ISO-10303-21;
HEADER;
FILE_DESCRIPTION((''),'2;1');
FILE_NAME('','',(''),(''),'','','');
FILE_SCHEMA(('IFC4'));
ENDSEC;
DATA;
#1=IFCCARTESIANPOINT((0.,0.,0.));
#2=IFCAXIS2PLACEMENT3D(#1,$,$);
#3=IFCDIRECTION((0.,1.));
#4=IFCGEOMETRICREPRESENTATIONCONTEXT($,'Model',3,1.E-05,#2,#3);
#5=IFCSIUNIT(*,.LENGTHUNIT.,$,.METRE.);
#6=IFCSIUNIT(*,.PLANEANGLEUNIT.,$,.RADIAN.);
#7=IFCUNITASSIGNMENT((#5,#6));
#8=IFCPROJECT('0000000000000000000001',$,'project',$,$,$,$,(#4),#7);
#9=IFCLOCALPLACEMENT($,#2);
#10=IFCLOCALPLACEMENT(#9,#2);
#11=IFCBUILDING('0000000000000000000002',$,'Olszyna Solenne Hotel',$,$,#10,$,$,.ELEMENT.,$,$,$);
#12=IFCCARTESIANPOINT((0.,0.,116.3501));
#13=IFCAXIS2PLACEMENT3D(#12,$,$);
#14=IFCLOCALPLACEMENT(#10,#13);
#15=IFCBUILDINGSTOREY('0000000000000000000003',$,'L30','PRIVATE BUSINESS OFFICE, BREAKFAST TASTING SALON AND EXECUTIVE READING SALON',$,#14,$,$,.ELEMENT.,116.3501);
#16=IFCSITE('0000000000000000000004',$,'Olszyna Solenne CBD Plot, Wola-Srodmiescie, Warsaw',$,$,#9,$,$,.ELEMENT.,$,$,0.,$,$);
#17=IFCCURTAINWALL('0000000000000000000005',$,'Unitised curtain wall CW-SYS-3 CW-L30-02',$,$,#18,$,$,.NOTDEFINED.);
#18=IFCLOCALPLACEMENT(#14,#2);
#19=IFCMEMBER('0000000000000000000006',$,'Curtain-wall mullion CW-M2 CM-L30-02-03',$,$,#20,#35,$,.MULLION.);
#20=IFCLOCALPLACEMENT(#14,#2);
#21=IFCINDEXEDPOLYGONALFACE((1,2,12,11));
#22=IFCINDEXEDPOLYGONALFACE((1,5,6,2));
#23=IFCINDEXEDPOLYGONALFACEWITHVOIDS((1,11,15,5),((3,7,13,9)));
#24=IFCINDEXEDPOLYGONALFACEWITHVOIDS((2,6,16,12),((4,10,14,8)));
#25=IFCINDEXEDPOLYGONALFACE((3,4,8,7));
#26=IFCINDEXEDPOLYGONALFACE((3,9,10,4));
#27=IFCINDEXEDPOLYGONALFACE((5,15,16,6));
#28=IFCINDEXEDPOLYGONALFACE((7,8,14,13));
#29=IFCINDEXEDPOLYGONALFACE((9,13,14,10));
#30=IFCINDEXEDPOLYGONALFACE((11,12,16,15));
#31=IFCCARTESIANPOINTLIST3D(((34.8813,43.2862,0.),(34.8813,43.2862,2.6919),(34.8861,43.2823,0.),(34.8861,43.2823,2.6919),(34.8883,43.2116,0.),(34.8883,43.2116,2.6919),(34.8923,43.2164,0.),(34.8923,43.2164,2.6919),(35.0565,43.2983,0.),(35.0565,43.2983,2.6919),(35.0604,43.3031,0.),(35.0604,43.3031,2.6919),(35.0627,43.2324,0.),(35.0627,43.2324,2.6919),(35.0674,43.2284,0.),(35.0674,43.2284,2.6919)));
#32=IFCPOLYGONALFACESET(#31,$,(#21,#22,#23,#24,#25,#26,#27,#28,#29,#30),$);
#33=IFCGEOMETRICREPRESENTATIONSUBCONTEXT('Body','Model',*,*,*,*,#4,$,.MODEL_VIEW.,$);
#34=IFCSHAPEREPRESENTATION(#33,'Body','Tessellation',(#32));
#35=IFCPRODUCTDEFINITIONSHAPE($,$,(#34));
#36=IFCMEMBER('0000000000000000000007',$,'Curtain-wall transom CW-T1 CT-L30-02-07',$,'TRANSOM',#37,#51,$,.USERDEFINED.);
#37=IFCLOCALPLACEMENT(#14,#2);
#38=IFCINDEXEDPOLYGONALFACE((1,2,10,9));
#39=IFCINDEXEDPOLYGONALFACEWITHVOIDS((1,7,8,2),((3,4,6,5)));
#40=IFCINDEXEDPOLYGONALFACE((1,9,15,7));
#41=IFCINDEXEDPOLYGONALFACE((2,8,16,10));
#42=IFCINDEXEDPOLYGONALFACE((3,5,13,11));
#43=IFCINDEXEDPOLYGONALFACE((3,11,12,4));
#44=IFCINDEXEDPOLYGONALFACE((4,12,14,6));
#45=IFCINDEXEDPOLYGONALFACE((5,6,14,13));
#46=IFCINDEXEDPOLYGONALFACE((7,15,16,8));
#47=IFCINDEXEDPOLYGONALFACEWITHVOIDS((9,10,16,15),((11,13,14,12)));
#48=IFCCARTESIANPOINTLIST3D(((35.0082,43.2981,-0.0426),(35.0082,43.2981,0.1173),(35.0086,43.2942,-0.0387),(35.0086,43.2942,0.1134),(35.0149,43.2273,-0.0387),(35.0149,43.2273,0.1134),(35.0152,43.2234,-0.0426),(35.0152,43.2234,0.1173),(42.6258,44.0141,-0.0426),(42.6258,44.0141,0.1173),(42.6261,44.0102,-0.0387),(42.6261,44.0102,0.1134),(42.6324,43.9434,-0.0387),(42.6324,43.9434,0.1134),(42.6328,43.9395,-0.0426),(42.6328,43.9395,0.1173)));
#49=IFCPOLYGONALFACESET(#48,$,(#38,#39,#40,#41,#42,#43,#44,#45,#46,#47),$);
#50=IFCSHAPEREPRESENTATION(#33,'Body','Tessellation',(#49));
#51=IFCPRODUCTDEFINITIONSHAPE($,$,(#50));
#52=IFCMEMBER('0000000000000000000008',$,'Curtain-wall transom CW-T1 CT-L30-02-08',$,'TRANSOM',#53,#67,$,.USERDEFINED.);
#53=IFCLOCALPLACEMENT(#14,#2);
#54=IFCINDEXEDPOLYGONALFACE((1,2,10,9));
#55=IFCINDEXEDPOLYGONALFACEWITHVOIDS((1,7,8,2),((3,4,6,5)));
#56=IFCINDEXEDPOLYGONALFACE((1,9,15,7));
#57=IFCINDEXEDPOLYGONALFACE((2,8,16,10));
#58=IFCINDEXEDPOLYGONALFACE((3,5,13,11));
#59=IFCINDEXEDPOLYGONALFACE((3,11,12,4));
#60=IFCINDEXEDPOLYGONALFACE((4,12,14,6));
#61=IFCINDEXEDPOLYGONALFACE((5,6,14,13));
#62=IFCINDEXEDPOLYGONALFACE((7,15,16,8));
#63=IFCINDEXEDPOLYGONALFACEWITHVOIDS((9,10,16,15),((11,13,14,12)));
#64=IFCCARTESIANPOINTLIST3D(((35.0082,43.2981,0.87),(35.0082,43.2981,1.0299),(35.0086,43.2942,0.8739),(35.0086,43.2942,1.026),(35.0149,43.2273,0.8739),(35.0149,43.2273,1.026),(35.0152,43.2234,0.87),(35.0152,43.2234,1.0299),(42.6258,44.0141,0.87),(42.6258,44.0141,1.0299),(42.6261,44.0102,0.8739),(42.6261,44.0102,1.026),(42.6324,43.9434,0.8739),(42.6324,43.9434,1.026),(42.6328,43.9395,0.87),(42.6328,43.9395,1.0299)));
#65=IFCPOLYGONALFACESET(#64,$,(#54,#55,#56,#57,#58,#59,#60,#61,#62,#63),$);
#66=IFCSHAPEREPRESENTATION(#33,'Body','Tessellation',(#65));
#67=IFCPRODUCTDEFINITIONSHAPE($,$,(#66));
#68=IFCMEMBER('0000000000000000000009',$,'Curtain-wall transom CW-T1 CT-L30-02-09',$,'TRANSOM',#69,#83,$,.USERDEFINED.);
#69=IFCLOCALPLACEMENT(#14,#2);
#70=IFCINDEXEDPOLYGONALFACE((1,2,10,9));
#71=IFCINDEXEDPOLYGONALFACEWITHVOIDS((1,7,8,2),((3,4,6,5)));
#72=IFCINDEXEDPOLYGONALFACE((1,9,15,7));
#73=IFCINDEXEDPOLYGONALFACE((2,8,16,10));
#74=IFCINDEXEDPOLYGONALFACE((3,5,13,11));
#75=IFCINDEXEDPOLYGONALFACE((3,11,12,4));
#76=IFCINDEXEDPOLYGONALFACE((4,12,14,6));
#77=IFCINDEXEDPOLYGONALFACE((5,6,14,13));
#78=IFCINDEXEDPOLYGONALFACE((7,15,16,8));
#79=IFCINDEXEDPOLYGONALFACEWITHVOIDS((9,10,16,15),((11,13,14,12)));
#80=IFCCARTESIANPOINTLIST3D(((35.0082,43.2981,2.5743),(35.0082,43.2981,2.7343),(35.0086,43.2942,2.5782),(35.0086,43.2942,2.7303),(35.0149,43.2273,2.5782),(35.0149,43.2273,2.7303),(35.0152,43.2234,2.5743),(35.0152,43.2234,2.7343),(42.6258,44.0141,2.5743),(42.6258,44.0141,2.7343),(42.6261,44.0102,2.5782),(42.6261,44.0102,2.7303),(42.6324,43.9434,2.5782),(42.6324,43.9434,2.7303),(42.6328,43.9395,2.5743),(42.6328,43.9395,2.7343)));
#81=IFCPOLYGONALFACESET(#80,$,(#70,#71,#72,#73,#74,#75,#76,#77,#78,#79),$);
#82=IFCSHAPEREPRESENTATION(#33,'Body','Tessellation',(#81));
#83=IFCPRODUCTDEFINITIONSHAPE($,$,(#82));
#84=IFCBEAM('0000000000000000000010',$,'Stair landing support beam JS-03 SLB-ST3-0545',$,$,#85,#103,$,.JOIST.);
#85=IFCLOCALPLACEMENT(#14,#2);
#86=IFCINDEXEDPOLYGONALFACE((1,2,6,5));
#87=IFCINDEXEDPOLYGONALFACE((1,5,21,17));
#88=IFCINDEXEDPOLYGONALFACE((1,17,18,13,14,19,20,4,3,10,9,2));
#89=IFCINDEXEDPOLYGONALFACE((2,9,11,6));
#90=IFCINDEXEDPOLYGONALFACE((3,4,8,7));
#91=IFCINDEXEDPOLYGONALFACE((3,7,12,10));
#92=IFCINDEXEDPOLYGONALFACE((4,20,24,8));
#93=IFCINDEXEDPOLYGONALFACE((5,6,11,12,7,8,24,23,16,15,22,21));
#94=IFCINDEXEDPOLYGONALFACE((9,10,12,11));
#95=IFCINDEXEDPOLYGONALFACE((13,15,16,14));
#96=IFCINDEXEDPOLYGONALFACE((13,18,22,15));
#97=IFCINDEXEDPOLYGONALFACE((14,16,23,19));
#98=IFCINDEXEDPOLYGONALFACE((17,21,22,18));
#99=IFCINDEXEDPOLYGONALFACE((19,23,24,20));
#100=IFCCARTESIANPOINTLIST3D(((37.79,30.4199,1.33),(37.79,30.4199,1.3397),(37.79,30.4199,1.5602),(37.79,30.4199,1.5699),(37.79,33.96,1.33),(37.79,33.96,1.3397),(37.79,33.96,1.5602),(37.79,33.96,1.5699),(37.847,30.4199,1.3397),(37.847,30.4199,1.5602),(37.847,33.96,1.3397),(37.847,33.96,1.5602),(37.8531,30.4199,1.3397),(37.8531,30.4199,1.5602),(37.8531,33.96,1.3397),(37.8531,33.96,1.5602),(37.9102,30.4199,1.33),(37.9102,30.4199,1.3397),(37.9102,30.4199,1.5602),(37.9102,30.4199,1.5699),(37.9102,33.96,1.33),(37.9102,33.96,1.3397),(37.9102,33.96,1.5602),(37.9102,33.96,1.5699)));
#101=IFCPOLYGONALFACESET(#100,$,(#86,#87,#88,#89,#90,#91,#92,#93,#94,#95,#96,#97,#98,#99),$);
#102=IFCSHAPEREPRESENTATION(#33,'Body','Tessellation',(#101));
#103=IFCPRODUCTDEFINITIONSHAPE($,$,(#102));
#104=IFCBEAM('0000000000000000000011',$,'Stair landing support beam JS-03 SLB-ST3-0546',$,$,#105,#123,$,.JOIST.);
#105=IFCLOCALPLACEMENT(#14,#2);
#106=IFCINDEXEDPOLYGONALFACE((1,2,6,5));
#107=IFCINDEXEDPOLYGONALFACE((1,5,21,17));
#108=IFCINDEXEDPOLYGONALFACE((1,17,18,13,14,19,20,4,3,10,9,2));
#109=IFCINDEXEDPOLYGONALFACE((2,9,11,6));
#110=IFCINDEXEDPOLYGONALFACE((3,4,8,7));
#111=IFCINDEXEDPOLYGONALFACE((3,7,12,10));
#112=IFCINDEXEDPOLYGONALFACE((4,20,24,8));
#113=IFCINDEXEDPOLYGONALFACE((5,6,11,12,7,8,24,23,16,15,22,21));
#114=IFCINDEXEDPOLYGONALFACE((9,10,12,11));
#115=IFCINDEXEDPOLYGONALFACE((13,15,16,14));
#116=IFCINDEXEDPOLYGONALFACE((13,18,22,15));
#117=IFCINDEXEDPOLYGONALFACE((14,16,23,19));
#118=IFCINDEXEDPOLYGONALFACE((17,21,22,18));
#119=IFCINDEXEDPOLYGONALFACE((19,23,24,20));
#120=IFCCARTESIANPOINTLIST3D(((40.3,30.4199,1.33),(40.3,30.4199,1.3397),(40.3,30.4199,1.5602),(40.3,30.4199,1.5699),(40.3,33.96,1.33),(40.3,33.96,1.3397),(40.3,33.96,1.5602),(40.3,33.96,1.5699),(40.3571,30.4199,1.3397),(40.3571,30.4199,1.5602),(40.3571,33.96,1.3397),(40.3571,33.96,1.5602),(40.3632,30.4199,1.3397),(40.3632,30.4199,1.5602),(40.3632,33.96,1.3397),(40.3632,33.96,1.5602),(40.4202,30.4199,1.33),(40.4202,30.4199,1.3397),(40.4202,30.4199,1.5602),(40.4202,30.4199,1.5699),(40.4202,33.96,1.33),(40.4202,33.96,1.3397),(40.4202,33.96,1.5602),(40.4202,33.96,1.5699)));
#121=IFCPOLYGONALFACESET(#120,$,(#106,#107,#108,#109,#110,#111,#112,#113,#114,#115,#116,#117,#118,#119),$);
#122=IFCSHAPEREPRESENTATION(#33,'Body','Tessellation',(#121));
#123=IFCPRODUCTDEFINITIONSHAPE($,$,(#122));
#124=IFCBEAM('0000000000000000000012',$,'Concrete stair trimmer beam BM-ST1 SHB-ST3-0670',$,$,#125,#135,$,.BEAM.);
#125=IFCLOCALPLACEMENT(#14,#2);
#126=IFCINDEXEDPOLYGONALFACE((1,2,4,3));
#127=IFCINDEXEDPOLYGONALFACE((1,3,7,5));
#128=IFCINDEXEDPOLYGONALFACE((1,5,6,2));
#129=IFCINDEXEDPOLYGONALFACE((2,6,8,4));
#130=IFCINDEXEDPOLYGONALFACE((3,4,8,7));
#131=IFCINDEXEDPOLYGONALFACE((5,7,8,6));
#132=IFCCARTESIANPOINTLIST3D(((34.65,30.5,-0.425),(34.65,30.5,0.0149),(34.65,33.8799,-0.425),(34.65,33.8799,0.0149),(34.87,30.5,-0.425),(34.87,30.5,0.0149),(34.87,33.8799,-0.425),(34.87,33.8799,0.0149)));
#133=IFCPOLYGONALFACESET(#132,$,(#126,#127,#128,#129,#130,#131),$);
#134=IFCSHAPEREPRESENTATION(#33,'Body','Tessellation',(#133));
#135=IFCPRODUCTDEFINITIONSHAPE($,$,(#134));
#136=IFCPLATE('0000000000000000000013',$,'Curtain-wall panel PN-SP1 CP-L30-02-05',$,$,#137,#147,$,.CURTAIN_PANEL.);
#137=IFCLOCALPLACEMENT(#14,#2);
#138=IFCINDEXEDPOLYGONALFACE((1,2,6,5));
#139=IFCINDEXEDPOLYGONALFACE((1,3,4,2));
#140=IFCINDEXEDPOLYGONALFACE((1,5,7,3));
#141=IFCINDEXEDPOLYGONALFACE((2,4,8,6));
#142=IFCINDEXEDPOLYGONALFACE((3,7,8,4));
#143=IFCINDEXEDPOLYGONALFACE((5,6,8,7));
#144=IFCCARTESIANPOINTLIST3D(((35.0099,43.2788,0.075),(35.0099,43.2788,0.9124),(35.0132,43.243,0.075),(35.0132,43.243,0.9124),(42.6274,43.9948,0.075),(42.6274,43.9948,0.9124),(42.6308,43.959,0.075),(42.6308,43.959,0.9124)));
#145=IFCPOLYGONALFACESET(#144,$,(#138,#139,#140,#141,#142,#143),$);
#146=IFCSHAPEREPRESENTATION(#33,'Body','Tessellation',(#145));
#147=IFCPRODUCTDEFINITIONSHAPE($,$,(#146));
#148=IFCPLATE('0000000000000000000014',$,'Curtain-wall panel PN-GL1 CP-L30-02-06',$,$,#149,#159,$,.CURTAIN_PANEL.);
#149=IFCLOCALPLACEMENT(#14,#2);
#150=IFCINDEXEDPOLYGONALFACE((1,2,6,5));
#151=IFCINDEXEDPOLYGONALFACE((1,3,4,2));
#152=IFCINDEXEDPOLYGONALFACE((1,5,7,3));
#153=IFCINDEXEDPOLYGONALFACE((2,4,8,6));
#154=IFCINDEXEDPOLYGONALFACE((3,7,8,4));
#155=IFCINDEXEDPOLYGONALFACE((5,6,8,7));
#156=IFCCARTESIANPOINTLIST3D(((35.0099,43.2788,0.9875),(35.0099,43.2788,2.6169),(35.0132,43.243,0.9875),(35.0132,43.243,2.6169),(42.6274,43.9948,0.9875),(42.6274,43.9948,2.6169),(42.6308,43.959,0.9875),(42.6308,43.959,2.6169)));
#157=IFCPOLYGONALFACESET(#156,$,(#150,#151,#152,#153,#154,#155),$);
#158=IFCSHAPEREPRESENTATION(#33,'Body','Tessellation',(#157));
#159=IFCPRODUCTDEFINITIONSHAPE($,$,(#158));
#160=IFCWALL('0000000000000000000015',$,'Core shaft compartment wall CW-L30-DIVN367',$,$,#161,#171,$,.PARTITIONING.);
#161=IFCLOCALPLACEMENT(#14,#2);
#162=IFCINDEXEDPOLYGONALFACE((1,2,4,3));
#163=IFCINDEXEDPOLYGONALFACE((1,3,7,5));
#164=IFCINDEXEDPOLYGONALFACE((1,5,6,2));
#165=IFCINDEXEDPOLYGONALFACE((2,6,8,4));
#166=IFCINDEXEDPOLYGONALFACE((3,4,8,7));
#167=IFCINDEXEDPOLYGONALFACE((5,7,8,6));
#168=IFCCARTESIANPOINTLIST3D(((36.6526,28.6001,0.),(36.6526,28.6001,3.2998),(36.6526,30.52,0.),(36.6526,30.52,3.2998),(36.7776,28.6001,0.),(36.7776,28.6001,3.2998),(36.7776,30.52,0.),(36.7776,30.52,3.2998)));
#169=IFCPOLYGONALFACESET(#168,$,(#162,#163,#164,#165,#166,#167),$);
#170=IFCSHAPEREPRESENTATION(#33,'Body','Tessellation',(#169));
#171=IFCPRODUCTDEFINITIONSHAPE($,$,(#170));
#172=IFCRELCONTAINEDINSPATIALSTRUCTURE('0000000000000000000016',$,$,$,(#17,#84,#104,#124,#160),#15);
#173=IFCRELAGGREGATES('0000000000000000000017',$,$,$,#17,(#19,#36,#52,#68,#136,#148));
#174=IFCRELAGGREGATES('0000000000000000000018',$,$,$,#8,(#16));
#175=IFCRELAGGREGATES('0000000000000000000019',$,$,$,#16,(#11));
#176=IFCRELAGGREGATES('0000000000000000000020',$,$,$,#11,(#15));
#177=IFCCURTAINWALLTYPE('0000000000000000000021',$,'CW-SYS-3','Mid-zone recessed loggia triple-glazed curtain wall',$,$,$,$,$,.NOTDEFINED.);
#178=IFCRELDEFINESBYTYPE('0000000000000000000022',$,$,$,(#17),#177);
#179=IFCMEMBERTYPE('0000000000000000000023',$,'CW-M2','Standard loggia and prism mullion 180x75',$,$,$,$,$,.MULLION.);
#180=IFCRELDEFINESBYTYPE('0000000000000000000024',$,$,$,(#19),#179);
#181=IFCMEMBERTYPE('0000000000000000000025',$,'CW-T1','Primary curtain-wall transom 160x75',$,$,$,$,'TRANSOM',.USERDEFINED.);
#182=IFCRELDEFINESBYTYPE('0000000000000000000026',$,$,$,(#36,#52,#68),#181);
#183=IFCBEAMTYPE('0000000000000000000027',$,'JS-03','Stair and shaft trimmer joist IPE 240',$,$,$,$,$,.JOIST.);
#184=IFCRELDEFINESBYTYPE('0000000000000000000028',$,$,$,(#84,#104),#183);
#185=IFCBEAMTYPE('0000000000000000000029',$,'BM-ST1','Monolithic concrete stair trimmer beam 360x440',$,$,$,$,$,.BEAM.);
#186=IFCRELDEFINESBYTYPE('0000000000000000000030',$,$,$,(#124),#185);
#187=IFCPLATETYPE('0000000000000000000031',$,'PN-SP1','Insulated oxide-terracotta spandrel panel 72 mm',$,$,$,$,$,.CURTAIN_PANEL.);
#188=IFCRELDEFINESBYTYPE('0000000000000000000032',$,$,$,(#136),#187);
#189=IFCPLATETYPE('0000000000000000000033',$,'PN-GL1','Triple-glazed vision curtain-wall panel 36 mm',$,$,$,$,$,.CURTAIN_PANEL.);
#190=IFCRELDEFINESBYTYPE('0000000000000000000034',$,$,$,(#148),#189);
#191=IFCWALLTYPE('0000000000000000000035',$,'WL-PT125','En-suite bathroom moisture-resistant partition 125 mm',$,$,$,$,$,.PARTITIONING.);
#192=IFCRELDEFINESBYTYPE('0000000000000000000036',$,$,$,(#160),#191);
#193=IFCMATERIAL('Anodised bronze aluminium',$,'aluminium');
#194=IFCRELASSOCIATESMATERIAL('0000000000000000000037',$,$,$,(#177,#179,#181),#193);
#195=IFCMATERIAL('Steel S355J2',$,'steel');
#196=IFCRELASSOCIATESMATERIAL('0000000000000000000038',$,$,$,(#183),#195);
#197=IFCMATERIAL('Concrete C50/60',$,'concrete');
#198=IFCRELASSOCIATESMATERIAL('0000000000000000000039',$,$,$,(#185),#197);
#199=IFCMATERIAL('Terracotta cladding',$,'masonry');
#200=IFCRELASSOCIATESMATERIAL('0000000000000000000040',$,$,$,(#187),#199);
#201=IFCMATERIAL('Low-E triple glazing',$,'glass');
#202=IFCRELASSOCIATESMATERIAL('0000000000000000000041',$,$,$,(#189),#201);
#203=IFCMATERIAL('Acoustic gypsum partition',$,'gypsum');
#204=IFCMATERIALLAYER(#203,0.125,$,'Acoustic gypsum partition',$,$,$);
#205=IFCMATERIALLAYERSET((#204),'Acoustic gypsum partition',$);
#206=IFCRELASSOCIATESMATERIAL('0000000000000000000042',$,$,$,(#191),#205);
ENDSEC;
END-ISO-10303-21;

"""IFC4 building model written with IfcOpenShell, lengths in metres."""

from ifc_helpers import new_model, si_unit, direction, frame, frame_2d, origin, origin_2d, place, context, subcontext, project, spatial, rectangle, hollow_rectangle, i_section, extrude, source, transform, mapped, material, layer, layer_set, material_profile, profile_set, type_object, element, aggregate, save


model = new_model("IFC4")

# Units and contexts
model_context = context("Model", 3, precision=1e-05, world=origin(), true_north=direction((0.0, 1.0)))
body_context = subcontext(model_context, "Body", "Model", "MODEL_VIEW")
ifc_project = project(units=[si_unit("LENGTHUNIT", "METRE"), si_unit("PLANEANGLEUNIT", "RADIAN")], contexts=[model_context])

# Site, building, storey
site_placement = place(None, origin())
site = spatial("IfcSite", under=ifc_project, at=site_placement, Name="Olszyna Solenne CBD Plot, Wola-Srodmiescie, Warsaw", CompositionType="ELEMENT", RefElevation=0.0)
building_placement = place(site_placement, origin())
building = spatial("IfcBuilding", under=site, at=building_placement, Name="Olszyna Solenne Hotel", CompositionType="ELEMENT")
storey_placement = place(building_placement, frame((0.0, 0.0, 116.3501)))
storey = spatial("IfcBuildingStorey", under=building, at=storey_placement, Name="L30", Description="PRIVATE BUSINESS OFFICE, BREAKFAST TASTING SALON AND EXECUTIVE READING SALON", CompositionType="ELEMENT", Elevation=116.3501)

# Curtain wall, members
ifc_material_1 = material(Name="Anodised bronze aluminium", Category="aluminium")
curtain_wall_type = type_object("IfcCurtainWallType", Name="CW-SYS-3", Description="Mid-zone recessed loggia triple-glazed curtain wall", PredefinedType="NOTDEFINED", material=ifc_material_1)
curtain_wall_placement = place(storey_placement, origin())
curtain_wall = element("IfcCurtainWall", 1, at=curtain_wall_placement, inside=storey, type_object=curtain_wall_type, Name="Unitised curtain wall CW-SYS-3 CW-L30-02", PredefinedType="NOTDEFINED")
ifc_material_profile_1 = material_profile(ifc_material_1, hollow_rectangle(XDim=0.075, YDim=0.1799, WallThickness=0.0044, at=origin_2d()), Name="MULL 180x75x4.5", Category="load-bearing")
ifc_profile_set_1 = profile_set([ifc_material_profile_1], Name="Anodised bronze aluminium")
member_type_1 = type_object("IfcMemberType", Name="CW-M2", Description="Standard loggia and prism mullion 180x75", PredefinedType="MULLION", material=ifc_profile_set_1)
shared_shape_1 = source(origin(), body_context, "Body", "SweptSolid", [
    extrude(hollow_rectangle(XDim=0.075, YDim=0.1799, WallThickness=0.0044, at=origin_2d()), origin(), (0.0, 0.0, 1.0), 2.6919),
])
member_1_placement = place(storey_placement, frame((34.9744, 43.2573, 0.0), z_axis=(0.0, 0.0, 1.0), x_axis=(-0.093582, 0.995612, 0.0)))
member_1 = element("IfcMember", 2, at=member_1_placement, type_object=member_type_1, Name="Curtain-wall mullion CW-M2 CM-L30-02-03", PredefinedType="MULLION", context=body_context, shape_type="MappedRepresentation", body=[
    mapped(shared_shape_1, transform((0.0, 0.0, 0.0), x_axis=(1.0, 0.0, 0.0), y_axis=(0.0, 1.0, 0.0), z_axis=(0.0, 0.0, 1.0), scale=1.0)),
])
ifc_material_profile_2 = material_profile(ifc_material_1, hollow_rectangle(XDim=0.075, YDim=0.1599, WallThickness=0.0039, at=origin_2d()), Name="TRAN 160x75x4", Category="load-bearing")
ifc_profile_set_2 = profile_set([ifc_material_profile_2], Name="Anodised bronze aluminium")
member_type_2 = type_object("IfcMemberType", Name="CW-T1", Description="Primary curtain-wall transom 160x75", ElementType="TRANSOM", PredefinedType="USERDEFINED", material=ifc_profile_set_2)
shared_shape_2 = source(origin(), body_context, "Body", "SweptSolid", [
    extrude(hollow_rectangle(XDim=0.075, YDim=0.1599, WallThickness=0.0039, at=origin_2d()), origin(), (0.0, 0.0, 1.0), 7.6511),
])
member_2_placement = place(storey_placement, frame((35.0117, 43.2607, 0.0374), z_axis=(0.995611, 0.093591, 0.0), x_axis=(-0.093591, 0.995611, 0.0)))
member_2 = element("IfcMember", 3, at=member_2_placement, type_object=member_type_2, Name="Curtain-wall transom CW-T1 CT-L30-02-07", ObjectType="TRANSOM", PredefinedType="USERDEFINED", context=body_context, shape_type="MappedRepresentation", body=[
    mapped(shared_shape_2, transform((0.0, 0.0, 0.0), x_axis=(1.0, 0.0, 0.0), y_axis=(0.0, 1.0, 0.0), z_axis=(0.0, 0.0, 1.0), scale=1.0)),
])
member_3_placement = place(storey_placement, frame((35.0117, 43.2607, 0.95), z_axis=(0.995611, 0.093591, 0.0), x_axis=(-0.093591, 0.995611, 0.0)))
member_3 = element("IfcMember", 4, at=member_3_placement, type_object=member_type_2, Name="Curtain-wall transom CW-T1 CT-L30-02-08", ObjectType="TRANSOM", PredefinedType="USERDEFINED", context=body_context, shape_type="MappedRepresentation", body=[
    mapped(shared_shape_2, transform((0.0, 0.0, 0.0), x_axis=(1.0, 0.0, 0.0), y_axis=(0.0, 1.0, 0.0), z_axis=(0.0, 0.0, 1.0), scale=1.0)),
])
member_4_placement = place(storey_placement, frame((35.0117, 43.2607, 2.6543), z_axis=(0.995611, 0.093591, 0.0), x_axis=(-0.093591, 0.995611, 0.0)))
member_4 = element("IfcMember", 5, at=member_4_placement, type_object=member_type_2, Name="Curtain-wall transom CW-T1 CT-L30-02-09", ObjectType="TRANSOM", PredefinedType="USERDEFINED", context=body_context, shape_type="MappedRepresentation", body=[
    mapped(shared_shape_2, transform((0.0, 0.0, 0.0), x_axis=(1.0, 0.0, 0.0), y_axis=(0.0, 1.0, 0.0), z_axis=(0.0, 0.0, 1.0), scale=1.0)),
])

# Beams
ifc_material_2 = material(Name="Steel S355J2", Category="steel")
ifc_material_profile_3 = material_profile(ifc_material_2, i_section(OverallWidth=0.1201, OverallDepth=0.24, WebThickness=0.0061, FlangeThickness=0.0098, at=origin_2d()), Name="IPE 240", Category="load-bearing")
ifc_profile_set_3 = profile_set([ifc_material_profile_3], Name="Steel S355J2")
beam_type_1 = type_object("IfcBeamType", Name="JS-03", Description="Stair and shaft trimmer joist IPE 240", PredefinedType="JOIST", material=ifc_profile_set_3)
shared_shape_3 = source(origin(), body_context, "Body", "SweptSolid", [
    extrude(i_section(OverallWidth=0.1201, OverallDepth=0.24, WebThickness=0.0061, FlangeThickness=0.0098, at=origin_2d()), origin(), (0.0, 0.0, 1.0), 3.54),
])
for number, where, z_axis, x_axis, name in (
    (6, (37.8501, 30.4199, 1.45), (0.0, 1.0, 0.0), (-1.0, 0.0, 0.0), "Stair landing support beam JS-03 SLB-ST3-0545"),
    (7, (40.3601, 30.4199, 1.45), (0.0, 1.0, 0.0), (-1.0, 0.0, 0.0), "Stair landing support beam JS-03 SLB-ST3-0546"),
):
    element("IfcBeam", number, at=place(storey_placement, frame(where, z_axis=z_axis, x_axis=x_axis)), inside=storey, type_object=beam_type_1, Name=name, PredefinedType="JOIST", context=body_context, shape_type="MappedRepresentation", body=[
        mapped(shared_shape_3, transform((0.0, 0.0, 0.0), x_axis=(1.0, 0.0, 0.0), y_axis=(0.0, 1.0, 0.0), z_axis=(0.0, 0.0, 1.0), scale=1.0)),
    ])
ifc_material_3 = material(Name="Concrete C50/60", Category="concrete")
ifc_material_profile_4 = material_profile(ifc_material_3, rectangle(XDim=0.22, YDim=0.4399, at=origin_2d()), Name="RC 220x440", Category="load-bearing")
ifc_profile_set_4 = profile_set([ifc_material_profile_4], Name="Concrete C50/60")
beam_type_2 = type_object("IfcBeamType", Name="BM-ST1", Description="Monolithic concrete stair trimmer beam 360x440", PredefinedType="BEAM", material=ifc_profile_set_4)
shared_shape_4 = source(origin(), body_context, "Body", "SweptSolid", [
    extrude(rectangle(XDim=0.22, YDim=0.4399, at=origin_2d()), origin(), (0.0, 0.0, 1.0), 3.3799),
])
beam_placement = place(storey_placement, frame((34.76, 30.5, -0.2051), z_axis=(0.0, 1.0, 0.0), x_axis=(-1.0, 0.0, 0.0)))
element("IfcBeam", 8, at=beam_placement, inside=storey, type_object=beam_type_2, Name="Concrete stair trimmer beam BM-ST1 SHB-ST3-0670", PredefinedType="BEAM", context=body_context, shape_type="MappedRepresentation", body=[
    mapped(shared_shape_4, transform((0.0, 0.0, 0.0), x_axis=(1.0, 0.0, 0.0), y_axis=(0.0, 1.0, 0.0), z_axis=(0.0, 0.0, 1.0), scale=1.0)),
])

# Plates
ifc_material_4 = material(Name="Terracotta cladding", Category="masonry")
plate_type_1 = type_object("IfcPlateType", Name="PN-SP1", Description="Insulated oxide-terracotta spandrel panel 72 mm", PredefinedType="CURTAIN_PANEL", material=ifc_material_4)
shared_shape_5 = source(origin(), body_context, "Body", "SweptSolid", [
    extrude(rectangle(XDim=7.6511, YDim=0.0359, at=origin_2d()), origin(), (0.0, 0.0, 1.0), 0.8374),
])
plate_1_placement = place(storey_placement, frame((38.8203, 43.6189, 0.075), z_axis=(0.0, 0.0, 1.0), x_axis=(0.995612, 0.093582, 0.0)))
plate_1 = element("IfcPlate", 9, at=plate_1_placement, type_object=plate_type_1, Name="Curtain-wall panel PN-SP1 CP-L30-02-05", PredefinedType="CURTAIN_PANEL", context=body_context, shape_type="MappedRepresentation", body=[
    mapped(shared_shape_5, transform((0.0, 0.0, 0.0), x_axis=(1.0, 0.0, 0.0), y_axis=(0.0, 1.0, 0.0), z_axis=(0.0, 0.0, 1.0), scale=1.0)),
])
ifc_material_5 = material(Name="Low-E triple glazing", Category="glass")
plate_type_2 = type_object("IfcPlateType", Name="PN-GL1", Description="Triple-glazed vision curtain-wall panel 36 mm", PredefinedType="CURTAIN_PANEL", material=ifc_material_5)
shared_shape_6 = source(origin(), body_context, "Body", "SweptSolid", [
    extrude(rectangle(XDim=7.6511, YDim=0.0359, at=origin_2d()), origin(), (0.0, 0.0, 1.0), 1.6294),
])
plate_2_placement = place(storey_placement, frame((38.8203, 43.6189, 0.9875), z_axis=(0.0, 0.0, 1.0), x_axis=(0.995612, 0.093582, 0.0)))
plate_2 = element("IfcPlate", 10, at=plate_2_placement, type_object=plate_type_2, Name="Curtain-wall panel PN-GL1 CP-L30-02-06", PredefinedType="CURTAIN_PANEL", context=body_context, shape_type="MappedRepresentation", body=[
    mapped(shared_shape_6, transform((0.0, 0.0, 0.0), x_axis=(1.0, 0.0, 0.0), y_axis=(0.0, 1.0, 0.0), z_axis=(0.0, 0.0, 1.0), scale=1.0)),
])
aggregate(curtain_wall, [member_1, member_2, member_3, member_4, plate_1, plate_2])

# Wall
ifc_material_6 = material(Name="Acoustic gypsum partition", Category="gypsum")
ifc_layer_1 = layer(ifc_material_6, 0.125, Name="Acoustic gypsum partition")
ifc_layer_set_1 = layer_set([ifc_layer_1], Name="Acoustic gypsum partition")
wall_type_1 = type_object("IfcWallType", Name="WL-PT125", Description="En-suite bathroom moisture-resistant partition 125 mm", PredefinedType="PARTITIONING", material=ifc_layer_set_1)
for number, where, z_axis, x_axis, name in (
    (11, (36.7151, 28.6001, 0.0), (0.0, 0.0, 1.0), (0.0, 1.0, 0.0), "Core shaft compartment wall CW-L30-DIVN367"),
):
    element("IfcWall", number, at=place(storey_placement, frame(where, z_axis=z_axis, x_axis=x_axis)), inside=storey, type_object=wall_type_1, Name=name, PredefinedType="PARTITIONING", context=body_context, shape_type="SweptSolid", body=[
        extrude(rectangle(XDim=1.9199, YDim=0.125, at=frame_2d((0.96, 0.0))), origin(), (0.0, 0.0, 1.0), 3.2998),
    ])

save(model, "model.ifc")
